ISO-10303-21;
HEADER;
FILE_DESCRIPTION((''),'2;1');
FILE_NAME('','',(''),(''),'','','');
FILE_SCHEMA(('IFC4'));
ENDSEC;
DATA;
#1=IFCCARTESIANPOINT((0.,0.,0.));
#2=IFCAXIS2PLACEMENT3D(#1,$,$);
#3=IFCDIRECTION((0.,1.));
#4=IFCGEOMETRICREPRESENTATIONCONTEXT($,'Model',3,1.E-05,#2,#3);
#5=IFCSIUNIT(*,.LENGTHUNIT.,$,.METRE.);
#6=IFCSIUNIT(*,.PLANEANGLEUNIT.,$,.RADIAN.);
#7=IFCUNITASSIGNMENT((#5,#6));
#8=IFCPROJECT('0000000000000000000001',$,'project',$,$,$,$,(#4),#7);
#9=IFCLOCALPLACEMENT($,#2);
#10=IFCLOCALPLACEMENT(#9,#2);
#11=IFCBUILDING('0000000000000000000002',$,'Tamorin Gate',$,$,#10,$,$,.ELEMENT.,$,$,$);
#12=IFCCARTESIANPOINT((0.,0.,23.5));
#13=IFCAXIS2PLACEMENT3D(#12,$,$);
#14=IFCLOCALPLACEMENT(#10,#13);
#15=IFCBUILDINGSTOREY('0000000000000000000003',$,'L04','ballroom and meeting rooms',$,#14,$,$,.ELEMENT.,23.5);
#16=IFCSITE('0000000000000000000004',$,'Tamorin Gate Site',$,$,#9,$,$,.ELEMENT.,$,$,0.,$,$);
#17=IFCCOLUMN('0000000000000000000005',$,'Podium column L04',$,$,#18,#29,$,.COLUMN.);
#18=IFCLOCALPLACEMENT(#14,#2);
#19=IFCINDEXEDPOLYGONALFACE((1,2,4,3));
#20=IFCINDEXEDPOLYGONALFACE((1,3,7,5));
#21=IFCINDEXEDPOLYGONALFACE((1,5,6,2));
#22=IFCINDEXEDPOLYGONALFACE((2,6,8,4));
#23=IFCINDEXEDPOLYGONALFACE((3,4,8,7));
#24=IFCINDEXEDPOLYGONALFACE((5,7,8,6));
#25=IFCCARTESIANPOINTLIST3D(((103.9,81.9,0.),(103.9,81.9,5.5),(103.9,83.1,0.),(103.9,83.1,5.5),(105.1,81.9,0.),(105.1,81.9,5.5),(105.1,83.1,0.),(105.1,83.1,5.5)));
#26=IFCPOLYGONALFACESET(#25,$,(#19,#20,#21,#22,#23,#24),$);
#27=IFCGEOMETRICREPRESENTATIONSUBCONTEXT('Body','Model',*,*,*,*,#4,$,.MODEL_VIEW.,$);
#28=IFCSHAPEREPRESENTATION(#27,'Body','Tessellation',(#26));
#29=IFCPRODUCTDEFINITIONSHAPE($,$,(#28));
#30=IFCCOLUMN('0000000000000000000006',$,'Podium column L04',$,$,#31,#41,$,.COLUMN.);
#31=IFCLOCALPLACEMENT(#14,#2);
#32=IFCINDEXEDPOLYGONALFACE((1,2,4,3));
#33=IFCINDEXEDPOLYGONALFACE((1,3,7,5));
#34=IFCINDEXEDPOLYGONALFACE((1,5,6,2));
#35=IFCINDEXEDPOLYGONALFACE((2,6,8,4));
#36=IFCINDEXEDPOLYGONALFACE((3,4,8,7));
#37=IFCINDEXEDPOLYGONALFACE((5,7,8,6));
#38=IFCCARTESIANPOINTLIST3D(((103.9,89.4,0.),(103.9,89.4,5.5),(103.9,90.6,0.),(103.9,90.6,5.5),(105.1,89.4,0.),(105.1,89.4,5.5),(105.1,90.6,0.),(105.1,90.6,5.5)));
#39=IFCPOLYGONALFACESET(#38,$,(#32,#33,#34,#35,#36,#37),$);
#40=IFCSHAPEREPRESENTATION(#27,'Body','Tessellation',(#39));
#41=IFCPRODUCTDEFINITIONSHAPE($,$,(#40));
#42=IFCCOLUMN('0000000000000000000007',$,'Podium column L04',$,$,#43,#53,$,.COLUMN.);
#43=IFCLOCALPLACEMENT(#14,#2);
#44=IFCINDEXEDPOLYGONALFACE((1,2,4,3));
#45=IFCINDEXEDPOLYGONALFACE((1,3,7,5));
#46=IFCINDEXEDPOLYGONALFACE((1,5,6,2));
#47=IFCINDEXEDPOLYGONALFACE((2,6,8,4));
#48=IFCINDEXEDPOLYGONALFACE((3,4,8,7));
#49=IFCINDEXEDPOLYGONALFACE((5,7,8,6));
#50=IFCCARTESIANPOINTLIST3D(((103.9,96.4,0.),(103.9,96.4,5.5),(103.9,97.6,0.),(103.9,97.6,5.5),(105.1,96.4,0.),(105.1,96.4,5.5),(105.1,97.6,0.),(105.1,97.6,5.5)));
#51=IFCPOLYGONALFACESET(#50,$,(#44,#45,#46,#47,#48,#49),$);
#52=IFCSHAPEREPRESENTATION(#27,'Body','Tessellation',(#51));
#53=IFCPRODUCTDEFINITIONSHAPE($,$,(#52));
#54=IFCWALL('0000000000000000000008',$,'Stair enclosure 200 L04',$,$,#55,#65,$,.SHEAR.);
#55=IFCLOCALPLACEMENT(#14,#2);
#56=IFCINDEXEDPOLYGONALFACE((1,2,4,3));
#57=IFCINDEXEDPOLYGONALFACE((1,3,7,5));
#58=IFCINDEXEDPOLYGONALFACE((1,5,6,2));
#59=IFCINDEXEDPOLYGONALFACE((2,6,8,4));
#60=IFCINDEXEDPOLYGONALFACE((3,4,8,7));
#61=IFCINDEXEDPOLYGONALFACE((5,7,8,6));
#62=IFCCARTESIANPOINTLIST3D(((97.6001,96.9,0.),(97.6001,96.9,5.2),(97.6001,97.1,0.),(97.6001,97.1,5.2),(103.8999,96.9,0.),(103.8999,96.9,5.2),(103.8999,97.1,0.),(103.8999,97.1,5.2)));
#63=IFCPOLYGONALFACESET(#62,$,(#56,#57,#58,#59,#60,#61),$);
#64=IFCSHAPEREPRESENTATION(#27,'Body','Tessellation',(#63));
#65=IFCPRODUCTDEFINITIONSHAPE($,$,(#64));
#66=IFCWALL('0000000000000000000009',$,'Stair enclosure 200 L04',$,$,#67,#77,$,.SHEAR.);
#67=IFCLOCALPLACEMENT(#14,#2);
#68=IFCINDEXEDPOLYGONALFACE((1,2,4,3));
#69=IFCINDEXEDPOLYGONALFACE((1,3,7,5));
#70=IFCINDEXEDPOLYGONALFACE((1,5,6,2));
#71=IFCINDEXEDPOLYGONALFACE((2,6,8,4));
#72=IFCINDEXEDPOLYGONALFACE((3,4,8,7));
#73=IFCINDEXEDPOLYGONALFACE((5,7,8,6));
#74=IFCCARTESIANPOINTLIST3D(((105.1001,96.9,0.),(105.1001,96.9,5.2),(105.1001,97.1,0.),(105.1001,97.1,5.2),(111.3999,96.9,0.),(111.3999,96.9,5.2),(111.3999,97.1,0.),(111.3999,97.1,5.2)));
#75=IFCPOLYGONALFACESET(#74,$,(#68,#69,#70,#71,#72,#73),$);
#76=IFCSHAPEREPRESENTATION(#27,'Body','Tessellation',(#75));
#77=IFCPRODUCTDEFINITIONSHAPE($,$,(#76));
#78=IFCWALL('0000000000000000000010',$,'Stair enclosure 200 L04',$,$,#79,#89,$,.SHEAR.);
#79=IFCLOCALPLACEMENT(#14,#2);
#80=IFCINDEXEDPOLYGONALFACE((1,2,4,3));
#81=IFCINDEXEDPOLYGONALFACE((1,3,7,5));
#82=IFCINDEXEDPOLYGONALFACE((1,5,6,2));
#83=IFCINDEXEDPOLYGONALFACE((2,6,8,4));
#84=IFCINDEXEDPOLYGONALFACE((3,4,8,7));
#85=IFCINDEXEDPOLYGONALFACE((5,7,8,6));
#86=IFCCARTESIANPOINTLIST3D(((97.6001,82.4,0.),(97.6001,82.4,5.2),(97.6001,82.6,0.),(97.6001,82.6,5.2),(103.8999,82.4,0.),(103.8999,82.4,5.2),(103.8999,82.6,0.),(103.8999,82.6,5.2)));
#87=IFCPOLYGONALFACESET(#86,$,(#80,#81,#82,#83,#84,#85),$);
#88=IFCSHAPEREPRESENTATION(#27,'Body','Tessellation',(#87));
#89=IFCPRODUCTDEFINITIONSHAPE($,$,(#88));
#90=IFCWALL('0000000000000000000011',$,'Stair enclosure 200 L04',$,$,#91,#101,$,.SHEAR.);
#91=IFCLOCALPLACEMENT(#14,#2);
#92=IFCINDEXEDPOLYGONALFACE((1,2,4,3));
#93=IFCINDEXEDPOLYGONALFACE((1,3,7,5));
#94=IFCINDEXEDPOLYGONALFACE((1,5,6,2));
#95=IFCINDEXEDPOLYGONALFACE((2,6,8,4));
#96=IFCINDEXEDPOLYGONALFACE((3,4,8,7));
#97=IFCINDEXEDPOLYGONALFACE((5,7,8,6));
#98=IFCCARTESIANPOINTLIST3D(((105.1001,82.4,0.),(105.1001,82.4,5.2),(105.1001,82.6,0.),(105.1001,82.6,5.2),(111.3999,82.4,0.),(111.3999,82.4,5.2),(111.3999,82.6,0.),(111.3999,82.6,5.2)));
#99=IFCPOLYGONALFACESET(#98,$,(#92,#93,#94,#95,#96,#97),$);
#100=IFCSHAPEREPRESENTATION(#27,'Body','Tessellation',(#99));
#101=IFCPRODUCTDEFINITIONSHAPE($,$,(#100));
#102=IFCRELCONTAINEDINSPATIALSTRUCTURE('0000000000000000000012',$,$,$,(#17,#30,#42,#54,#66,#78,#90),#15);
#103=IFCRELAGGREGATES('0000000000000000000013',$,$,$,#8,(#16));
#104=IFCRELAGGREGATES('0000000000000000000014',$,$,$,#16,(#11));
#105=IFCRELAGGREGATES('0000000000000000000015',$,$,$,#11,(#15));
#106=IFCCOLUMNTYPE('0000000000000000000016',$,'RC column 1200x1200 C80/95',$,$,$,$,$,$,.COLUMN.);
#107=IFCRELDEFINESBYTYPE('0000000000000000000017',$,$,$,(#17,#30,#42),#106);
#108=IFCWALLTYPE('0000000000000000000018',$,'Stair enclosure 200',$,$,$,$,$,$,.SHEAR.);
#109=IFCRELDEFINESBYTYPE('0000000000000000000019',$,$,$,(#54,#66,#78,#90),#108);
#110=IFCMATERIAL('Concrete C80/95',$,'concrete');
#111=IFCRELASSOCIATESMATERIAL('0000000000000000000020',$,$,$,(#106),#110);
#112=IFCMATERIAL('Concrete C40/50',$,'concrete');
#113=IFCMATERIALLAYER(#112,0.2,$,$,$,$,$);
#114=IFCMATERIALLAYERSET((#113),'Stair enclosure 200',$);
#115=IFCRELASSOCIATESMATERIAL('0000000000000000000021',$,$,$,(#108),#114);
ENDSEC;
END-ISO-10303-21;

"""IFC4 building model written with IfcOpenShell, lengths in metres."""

from ifc_helpers import new_model, si_unit, direction, frame, frame_2d, origin, origin_2d, place, context, subcontext, project, spatial, rectangle, extrude, material, layer, layer_set, material_profile, profile_set, type_object, element, save


model = new_model("IFC4")

# Units and contexts
model_context = context("Model", 3, precision=1e-05, world=origin(), true_north=direction((0.0, 1.0)))
body_context = subcontext(model_context, "Body", "Model", "MODEL_VIEW")
ifc_project = project(units=[si_unit("LENGTHUNIT", "METRE"), si_unit("PLANEANGLEUNIT", "RADIAN")], contexts=[model_context])

# Site, building, storey
site_placement = place(None, origin())
site = spatial("IfcSite", under=ifc_project, at=site_placement, Name="Tamorin Gate Site", CompositionType="ELEMENT", RefElevation=0.0)
building_placement = place(site_placement, origin())
building = spatial("IfcBuilding", under=site, at=building_placement, Name="Tamorin Gate", CompositionType="ELEMENT")
storey_placement = place(building_placement, frame((0.0, 0.0, 23.5)))
storey = spatial("IfcBuildingStorey", under=building, at=storey_placement, Name="L04", Description="ballroom and meeting rooms", CompositionType="ELEMENT", Elevation=23.5)

# Columns
ifc_material_1 = material(Name="Concrete C80/95", Category="concrete")
ifc_material_profile = material_profile(ifc_material_1, rectangle(XDim=1.2, YDim=1.2, at=origin_2d()), Name="RC 1200x1200")
ifc_profile_set = profile_set([ifc_material_profile], Name="Concrete C80/95")
column_type = type_object("IfcColumnType", Name="RC column 1200x1200 C80/95", PredefinedType="COLUMN", material=ifc_profile_set)
for number, where, z_axis, x_axis, name in (
    (1, (104.5, 82.5, 0.0), (0.0, 0.0, 1.0), (1.0, 0.0, 0.0), "Podium column L04"),
    (2, (104.5, 90.0, 0.0), (0.0, 0.0, 1.0), (1.0, 0.0, 0.0), "Podium column L04"),
    (3, (104.5, 97.0, 0.0), (0.0, 0.0, 1.0), (1.0, 0.0, 0.0), "Podium column L04"),
):
    element("IfcColumn", number, at=place(storey_placement, frame(where, z_axis=z_axis, x_axis=x_axis)), inside=storey, type_object=column_type, Name=name, PredefinedType="COLUMN", context=body_context, shape_type="SweptSolid", body=[
        extrude(rectangle(XDim=1.2, YDim=1.2, at=origin_2d()), origin(), (0.0, 0.0, 1.0), 5.5),
    ])

# Walls
ifc_material_2 = material(Name="Concrete C40/50", Category="concrete")
ifc_layer = layer(ifc_material_2, 0.2)
ifc_layer_set = layer_set([ifc_layer], Name="Stair enclosure 200")
wall_type = type_object("IfcWallType", Name="Stair enclosure 200", PredefinedType="SHEAR", material=ifc_layer_set)
for number, where, z_axis, x_axis, name in (
    (4, (97.6001, 97.0, 0.0), (0.0, 0.0, 1.0), (1.0, 0.0, 0.0), "Stair enclosure 200 L04"),
    (5, (105.1001, 97.0, 0.0), (0.0, 0.0, 1.0), (1.0, 0.0, 0.0), "Stair enclosure 200 L04"),
    (6, (97.6001, 82.5, 0.0), (0.0, 0.0, 1.0), (1.0, 0.0, 0.0), "Stair enclosure 200 L04"),
    (7, (105.1001, 82.5, 0.0), (0.0, 0.0, 1.0), (1.0, 0.0, 0.0), "Stair enclosure 200 L04"),
):
    element("IfcWall", number, at=place(storey_placement, frame(where, z_axis=z_axis, x_axis=x_axis)), inside=storey, type_object=wall_type, Name=name, PredefinedType="SHEAR", context=body_context, shape_type="SweptSolid", body=[
        extrude(rectangle(XDim=6.2998, YDim=0.2, at=frame_2d((3.1499, 0.0))), origin(), (0.0, 0.0, 1.0), 5.2),
    ])

save(model, "model.ifc")
